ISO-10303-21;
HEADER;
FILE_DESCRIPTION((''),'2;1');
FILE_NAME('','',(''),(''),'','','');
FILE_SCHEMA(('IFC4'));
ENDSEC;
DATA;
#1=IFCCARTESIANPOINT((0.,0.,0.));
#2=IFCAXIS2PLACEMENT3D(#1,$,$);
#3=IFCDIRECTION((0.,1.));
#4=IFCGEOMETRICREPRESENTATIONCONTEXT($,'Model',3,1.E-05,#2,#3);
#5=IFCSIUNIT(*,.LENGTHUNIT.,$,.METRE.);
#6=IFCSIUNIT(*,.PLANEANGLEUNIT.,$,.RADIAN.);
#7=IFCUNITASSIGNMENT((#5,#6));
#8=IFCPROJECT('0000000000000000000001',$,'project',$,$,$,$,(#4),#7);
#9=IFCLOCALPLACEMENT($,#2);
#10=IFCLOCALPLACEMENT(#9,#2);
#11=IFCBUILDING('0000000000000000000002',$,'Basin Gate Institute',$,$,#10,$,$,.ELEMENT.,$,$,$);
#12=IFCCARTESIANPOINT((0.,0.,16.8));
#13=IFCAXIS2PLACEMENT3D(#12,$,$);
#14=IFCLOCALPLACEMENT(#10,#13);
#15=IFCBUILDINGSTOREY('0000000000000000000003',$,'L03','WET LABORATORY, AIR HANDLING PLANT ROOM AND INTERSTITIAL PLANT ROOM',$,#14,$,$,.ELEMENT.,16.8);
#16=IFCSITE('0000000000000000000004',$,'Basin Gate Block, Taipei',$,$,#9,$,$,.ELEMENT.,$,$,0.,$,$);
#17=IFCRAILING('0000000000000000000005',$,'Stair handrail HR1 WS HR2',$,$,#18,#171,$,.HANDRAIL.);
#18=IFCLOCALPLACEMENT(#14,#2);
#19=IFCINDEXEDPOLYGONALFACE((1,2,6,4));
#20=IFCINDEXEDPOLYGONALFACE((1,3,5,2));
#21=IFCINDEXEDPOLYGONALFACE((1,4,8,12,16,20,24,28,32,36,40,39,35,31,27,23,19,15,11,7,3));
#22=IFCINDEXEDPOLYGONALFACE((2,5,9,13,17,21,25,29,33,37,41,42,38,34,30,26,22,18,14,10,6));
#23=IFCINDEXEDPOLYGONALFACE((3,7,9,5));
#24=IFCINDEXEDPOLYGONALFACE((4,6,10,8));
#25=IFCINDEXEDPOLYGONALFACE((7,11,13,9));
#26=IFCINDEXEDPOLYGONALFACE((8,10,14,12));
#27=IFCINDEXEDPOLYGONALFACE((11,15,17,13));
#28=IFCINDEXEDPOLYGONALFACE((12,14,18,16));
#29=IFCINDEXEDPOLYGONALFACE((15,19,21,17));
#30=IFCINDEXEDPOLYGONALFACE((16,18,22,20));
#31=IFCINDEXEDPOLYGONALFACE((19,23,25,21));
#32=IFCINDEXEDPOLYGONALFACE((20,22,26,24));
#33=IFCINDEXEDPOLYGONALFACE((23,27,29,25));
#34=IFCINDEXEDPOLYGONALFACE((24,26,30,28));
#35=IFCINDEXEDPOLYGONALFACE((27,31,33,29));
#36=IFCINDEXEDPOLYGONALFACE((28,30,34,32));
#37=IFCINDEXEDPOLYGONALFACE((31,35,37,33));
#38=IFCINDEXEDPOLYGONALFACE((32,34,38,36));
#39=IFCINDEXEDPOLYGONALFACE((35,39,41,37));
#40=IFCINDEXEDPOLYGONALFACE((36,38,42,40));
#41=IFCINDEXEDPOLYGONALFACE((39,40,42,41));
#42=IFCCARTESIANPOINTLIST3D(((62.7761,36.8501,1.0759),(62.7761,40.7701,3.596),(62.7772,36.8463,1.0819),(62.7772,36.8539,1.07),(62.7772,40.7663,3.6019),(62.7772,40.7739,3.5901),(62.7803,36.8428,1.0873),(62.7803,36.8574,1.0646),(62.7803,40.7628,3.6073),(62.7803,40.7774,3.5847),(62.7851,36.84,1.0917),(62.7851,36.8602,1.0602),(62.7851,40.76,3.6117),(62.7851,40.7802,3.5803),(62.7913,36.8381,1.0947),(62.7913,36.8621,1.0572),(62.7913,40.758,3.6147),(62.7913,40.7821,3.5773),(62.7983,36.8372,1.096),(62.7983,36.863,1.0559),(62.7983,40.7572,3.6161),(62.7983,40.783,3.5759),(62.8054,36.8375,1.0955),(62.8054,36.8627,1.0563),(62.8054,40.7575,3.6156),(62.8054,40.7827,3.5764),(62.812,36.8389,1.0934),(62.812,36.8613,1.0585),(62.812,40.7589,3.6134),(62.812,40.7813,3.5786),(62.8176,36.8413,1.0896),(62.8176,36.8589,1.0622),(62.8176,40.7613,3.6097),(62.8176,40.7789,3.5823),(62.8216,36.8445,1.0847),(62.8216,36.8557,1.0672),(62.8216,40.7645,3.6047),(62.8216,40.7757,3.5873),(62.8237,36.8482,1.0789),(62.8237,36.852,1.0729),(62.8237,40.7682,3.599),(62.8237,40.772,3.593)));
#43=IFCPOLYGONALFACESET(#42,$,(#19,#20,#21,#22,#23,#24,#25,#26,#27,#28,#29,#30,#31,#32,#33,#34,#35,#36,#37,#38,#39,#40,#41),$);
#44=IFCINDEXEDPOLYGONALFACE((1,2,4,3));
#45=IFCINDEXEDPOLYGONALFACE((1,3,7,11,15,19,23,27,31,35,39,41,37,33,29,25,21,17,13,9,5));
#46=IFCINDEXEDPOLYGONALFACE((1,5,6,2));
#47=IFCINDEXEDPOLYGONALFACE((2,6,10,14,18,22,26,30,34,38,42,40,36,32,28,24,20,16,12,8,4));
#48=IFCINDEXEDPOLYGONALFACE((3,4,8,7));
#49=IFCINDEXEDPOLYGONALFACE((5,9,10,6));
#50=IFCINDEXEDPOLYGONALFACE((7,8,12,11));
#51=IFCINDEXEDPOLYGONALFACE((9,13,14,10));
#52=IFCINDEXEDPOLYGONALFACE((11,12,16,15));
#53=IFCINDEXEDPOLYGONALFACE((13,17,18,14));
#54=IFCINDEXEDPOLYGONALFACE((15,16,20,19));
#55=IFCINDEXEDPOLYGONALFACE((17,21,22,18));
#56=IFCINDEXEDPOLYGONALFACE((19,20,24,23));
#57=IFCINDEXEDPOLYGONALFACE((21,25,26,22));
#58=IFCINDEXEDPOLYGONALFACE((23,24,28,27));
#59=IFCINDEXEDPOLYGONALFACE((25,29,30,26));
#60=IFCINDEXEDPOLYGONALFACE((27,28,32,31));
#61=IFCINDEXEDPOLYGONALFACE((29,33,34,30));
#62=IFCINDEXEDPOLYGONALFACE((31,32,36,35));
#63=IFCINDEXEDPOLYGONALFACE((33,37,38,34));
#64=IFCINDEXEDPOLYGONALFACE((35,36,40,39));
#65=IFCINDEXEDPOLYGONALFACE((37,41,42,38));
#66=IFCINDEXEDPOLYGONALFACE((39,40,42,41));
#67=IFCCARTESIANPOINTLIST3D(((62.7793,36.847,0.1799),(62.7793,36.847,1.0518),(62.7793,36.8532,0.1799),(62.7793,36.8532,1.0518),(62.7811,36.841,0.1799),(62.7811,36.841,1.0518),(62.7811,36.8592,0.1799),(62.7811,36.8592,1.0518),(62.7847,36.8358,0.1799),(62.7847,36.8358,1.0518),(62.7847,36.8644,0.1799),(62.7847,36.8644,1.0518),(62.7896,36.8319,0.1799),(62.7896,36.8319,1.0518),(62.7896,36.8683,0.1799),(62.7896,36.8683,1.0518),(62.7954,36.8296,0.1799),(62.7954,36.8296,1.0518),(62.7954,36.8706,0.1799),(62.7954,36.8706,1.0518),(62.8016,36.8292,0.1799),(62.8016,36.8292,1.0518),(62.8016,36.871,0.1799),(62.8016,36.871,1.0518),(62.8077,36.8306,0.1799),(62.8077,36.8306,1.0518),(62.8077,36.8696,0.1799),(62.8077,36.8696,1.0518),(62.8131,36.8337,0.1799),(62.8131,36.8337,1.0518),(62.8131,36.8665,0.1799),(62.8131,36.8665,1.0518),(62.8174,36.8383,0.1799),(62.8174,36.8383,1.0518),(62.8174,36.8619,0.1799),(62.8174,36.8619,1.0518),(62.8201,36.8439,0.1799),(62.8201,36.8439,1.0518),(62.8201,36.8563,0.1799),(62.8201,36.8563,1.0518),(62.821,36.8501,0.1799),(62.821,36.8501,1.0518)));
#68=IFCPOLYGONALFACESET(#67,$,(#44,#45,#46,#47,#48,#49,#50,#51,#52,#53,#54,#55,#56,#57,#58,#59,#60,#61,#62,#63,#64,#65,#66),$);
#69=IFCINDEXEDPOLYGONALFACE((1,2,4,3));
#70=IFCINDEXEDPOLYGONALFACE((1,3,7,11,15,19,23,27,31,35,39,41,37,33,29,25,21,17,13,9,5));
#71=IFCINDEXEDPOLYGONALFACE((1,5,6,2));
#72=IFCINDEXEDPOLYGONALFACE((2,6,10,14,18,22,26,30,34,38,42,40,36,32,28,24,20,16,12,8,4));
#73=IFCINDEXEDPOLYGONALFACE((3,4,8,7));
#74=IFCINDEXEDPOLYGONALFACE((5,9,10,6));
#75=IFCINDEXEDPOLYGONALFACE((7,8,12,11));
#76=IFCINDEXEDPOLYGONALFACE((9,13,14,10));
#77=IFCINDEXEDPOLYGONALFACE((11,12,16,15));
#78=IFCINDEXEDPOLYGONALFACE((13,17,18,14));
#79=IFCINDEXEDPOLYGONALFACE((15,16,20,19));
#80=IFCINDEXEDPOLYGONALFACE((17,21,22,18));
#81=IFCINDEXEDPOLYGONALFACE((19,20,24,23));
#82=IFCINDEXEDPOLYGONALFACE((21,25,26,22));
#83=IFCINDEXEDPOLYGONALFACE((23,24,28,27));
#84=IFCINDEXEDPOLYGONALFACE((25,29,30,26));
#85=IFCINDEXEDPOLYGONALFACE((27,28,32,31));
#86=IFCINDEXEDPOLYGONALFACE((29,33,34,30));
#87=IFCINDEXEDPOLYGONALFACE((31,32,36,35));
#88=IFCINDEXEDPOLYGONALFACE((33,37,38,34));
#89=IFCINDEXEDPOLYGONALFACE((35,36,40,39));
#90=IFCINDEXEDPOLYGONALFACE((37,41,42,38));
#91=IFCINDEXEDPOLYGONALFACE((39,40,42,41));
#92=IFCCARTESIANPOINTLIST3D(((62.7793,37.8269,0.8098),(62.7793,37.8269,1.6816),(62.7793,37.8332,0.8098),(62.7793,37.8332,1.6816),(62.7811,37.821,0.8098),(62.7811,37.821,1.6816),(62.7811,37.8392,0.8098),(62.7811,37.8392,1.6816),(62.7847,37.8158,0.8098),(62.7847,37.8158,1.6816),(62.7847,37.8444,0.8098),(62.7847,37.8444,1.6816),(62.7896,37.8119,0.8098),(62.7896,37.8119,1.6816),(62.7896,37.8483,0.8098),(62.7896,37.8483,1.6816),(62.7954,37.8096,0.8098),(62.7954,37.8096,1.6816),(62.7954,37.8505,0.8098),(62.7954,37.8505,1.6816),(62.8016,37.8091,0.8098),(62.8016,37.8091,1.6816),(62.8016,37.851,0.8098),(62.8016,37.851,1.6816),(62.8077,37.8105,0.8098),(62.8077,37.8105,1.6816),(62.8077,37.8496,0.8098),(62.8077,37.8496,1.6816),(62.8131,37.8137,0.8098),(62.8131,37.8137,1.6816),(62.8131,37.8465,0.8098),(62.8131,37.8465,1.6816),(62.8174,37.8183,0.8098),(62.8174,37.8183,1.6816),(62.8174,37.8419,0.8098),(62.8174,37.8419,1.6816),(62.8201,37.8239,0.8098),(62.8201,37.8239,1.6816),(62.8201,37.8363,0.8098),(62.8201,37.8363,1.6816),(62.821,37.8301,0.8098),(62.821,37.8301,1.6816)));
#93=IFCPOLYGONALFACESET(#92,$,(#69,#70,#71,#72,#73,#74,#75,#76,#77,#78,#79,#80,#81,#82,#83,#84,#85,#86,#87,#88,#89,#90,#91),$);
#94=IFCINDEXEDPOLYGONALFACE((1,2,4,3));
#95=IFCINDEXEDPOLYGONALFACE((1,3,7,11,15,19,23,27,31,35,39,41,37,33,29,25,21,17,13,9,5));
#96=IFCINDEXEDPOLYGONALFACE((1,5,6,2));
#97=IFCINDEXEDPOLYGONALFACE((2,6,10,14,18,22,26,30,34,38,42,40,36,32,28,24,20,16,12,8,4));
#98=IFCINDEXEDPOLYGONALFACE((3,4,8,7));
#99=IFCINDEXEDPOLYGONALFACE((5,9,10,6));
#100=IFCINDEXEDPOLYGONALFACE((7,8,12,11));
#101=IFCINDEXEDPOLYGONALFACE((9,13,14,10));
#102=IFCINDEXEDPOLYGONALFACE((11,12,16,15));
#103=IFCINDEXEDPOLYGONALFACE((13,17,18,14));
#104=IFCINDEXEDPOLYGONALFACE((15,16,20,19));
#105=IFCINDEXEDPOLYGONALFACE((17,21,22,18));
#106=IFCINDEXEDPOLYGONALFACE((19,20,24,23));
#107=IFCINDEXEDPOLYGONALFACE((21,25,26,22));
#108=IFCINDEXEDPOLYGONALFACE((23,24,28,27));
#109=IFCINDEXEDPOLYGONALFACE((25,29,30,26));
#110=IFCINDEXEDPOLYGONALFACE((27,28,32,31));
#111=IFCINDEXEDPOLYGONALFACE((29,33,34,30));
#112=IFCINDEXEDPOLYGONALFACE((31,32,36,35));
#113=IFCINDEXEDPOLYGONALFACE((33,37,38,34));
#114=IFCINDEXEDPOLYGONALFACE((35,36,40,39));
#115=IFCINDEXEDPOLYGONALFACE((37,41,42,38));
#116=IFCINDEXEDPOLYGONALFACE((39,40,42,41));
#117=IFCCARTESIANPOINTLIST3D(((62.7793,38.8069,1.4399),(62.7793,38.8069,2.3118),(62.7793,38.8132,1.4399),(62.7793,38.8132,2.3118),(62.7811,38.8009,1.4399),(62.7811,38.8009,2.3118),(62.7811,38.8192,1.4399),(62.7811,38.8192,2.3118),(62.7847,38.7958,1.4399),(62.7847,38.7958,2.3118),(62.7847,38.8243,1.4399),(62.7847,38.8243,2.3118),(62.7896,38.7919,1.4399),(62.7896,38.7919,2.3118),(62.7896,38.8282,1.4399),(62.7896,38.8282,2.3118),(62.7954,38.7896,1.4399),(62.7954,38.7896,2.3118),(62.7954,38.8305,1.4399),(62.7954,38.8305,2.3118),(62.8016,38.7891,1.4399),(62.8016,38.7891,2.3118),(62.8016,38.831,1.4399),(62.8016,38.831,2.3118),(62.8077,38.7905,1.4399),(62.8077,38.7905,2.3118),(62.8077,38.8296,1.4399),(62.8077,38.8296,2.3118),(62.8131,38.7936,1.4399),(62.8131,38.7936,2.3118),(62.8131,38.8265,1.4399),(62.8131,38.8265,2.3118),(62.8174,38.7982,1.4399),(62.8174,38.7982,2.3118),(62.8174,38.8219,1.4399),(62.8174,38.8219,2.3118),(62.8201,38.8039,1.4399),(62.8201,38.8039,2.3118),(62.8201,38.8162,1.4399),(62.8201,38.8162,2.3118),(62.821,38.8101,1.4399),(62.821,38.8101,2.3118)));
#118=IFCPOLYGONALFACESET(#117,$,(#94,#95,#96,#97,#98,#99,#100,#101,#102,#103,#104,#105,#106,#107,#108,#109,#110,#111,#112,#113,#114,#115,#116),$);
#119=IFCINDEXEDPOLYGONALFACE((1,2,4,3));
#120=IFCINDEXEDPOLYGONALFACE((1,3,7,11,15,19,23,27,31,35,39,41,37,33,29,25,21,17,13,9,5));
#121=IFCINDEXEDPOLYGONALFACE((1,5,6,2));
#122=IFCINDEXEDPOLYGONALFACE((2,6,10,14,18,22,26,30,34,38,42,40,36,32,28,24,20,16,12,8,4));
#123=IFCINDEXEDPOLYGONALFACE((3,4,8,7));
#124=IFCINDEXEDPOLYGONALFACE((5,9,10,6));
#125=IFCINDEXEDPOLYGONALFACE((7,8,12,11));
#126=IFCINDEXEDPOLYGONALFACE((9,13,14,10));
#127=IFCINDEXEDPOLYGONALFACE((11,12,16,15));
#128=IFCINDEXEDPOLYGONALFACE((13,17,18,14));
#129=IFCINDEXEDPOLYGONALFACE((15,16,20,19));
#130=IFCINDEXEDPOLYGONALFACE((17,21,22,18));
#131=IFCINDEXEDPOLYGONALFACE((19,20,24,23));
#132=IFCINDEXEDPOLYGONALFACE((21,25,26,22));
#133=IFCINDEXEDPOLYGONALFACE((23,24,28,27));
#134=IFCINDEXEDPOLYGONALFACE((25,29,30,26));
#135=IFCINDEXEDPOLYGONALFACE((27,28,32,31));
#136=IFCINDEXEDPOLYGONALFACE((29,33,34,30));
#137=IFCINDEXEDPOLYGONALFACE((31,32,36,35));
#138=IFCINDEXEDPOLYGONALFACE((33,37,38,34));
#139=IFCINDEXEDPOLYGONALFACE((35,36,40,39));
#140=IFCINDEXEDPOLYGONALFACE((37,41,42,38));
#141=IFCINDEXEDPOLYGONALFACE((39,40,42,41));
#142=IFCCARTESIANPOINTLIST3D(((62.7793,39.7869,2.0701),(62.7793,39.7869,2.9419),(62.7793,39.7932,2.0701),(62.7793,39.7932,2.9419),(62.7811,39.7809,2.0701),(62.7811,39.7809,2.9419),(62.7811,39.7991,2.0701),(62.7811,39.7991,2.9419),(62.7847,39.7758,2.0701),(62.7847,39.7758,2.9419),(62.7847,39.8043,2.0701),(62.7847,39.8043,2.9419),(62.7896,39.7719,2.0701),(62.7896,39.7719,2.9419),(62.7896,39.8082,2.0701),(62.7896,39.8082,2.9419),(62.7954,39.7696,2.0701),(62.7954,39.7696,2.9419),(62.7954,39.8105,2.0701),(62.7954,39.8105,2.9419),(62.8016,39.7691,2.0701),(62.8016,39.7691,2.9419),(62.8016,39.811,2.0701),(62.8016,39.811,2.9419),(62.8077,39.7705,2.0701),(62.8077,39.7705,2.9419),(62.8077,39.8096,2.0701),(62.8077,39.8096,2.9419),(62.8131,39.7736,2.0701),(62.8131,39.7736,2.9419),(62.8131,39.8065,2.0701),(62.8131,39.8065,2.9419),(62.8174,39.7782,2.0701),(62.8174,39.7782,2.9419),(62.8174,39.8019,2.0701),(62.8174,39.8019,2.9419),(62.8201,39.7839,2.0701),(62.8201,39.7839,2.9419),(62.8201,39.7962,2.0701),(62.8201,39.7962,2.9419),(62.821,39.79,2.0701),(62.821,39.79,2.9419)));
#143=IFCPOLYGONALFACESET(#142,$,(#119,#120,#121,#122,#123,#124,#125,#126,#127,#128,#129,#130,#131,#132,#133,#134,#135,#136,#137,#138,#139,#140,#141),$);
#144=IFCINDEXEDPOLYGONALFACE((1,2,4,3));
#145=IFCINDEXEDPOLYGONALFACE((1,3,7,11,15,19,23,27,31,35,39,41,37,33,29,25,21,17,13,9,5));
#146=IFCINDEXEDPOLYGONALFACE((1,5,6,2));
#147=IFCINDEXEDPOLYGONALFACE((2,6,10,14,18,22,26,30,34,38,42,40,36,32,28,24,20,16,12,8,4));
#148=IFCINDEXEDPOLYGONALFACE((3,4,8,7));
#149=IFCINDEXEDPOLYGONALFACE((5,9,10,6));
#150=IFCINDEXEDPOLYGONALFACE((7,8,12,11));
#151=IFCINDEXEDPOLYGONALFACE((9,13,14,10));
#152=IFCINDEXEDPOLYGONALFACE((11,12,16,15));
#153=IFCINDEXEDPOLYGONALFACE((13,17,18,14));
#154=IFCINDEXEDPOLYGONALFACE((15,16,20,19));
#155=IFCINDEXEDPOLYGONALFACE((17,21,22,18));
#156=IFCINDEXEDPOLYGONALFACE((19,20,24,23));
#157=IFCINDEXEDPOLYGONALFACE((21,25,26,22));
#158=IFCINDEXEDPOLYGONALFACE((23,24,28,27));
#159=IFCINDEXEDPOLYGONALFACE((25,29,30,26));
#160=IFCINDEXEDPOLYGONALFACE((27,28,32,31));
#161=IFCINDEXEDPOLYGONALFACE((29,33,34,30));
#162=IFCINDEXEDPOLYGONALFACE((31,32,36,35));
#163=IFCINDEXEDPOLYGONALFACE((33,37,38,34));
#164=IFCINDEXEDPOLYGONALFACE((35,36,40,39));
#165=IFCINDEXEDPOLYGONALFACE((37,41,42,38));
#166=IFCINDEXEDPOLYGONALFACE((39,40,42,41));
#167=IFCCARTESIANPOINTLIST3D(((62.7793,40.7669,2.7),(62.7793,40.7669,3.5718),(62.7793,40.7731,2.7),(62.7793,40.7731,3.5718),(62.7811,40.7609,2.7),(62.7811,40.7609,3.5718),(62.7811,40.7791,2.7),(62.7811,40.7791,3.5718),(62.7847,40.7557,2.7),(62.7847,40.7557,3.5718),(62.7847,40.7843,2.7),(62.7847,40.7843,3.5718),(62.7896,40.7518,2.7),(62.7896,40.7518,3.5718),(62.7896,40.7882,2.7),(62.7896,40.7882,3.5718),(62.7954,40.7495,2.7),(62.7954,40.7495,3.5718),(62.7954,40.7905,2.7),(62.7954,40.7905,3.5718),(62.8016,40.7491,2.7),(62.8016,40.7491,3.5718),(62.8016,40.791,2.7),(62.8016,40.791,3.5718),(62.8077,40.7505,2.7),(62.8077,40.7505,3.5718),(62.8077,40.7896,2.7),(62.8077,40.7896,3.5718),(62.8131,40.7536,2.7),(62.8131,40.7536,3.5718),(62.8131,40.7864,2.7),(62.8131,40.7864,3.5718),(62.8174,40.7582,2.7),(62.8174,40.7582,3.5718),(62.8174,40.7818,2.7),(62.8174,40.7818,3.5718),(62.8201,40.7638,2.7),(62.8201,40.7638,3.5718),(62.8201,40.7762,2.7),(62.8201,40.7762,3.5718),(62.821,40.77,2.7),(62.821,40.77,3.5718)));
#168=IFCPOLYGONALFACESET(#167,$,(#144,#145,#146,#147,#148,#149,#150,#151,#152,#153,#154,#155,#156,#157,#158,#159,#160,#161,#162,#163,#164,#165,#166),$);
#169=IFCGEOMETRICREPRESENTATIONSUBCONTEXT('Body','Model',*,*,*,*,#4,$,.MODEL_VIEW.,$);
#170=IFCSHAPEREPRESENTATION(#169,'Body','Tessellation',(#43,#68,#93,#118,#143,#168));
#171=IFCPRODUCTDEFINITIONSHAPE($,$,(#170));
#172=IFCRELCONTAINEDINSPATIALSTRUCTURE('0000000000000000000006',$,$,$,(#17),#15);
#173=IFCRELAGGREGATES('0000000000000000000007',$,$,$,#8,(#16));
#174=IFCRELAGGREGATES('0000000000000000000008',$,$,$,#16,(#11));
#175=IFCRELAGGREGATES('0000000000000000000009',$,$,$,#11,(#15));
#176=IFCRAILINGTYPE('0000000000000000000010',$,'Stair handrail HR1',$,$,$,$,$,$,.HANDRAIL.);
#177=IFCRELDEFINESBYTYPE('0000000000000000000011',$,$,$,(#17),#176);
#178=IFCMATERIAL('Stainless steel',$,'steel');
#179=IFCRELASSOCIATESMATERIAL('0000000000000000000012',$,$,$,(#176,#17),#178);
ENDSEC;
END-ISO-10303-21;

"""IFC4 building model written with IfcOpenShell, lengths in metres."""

from ifc_helpers import new_model, si_unit, direction, frame, origin, origin_2d, place, context, subcontext, project, spatial, circle, extrude, material, type_object, element, save


model = new_model("IFC4")

# Units and contexts
model_context = context("Model", 3, precision=1e-05, world=origin(), true_north=direction((0.0, 1.0)))
body_context = subcontext(model_context, "Body", "Model", "MODEL_VIEW")
ifc_project = project(units=[si_unit("LENGTHUNIT", "METRE"), si_unit("PLANEANGLEUNIT", "RADIAN")], contexts=[model_context])

# Site, building, storey
site_placement = place(None, origin())
site = spatial("IfcSite", under=ifc_project, at=site_placement, Name="Basin Gate Block, Taipei", CompositionType="ELEMENT", RefElevation=0.0)
building_placement = place(site_placement, origin())
building = spatial("IfcBuilding", under=site, at=building_placement, Name="Basin Gate Institute", CompositionType="ELEMENT")
storey_placement = place(building_placement, frame((0.0, 0.0, 16.8)))
storey = spatial("IfcBuildingStorey", under=building, at=storey_placement, Name="L03", Description="WET LABORATORY, AIR HANDLING PLANT ROOM AND INTERSTITIAL PLANT ROOM", CompositionType="ELEMENT", Elevation=16.8)

# Railing
ifc_material_1 = material(Name="Stainless steel", Category="steel")
railing_type_1 = type_object("IfcRailingType", Name="Stair handrail HR1", PredefinedType="HANDRAIL", material=ifc_material_1)
for number, where, name in (
    (1, (62.8, 36.8501, 0.1799), "Stair handrail HR1 WS HR2"),
):
    element("IfcRailing", number, at=place(storey_placement, frame(where)), inside=storey, type_object=railing_type_1, material=ifc_material_1, Name=name, PredefinedType="HANDRAIL", context=body_context, shape_type="SweptSolid", body=[
        extrude(circle(Radius=0.0239, at=origin_2d()), frame((0.0, 0.0, 0.896), z_axis=(0.0, 0.841172, 0.540768), x_axis=(-1.0, 0.0, 0.0)), (0.0, 0.0, 1.0), 4.6602),
        extrude(circle(Radius=0.021, at=origin_2d()), origin(), (0.0, 0.0, 1.0), 0.8718),
        extrude(circle(Radius=0.021, at=origin_2d()), frame((0.0, 0.98, 0.6299)), (0.0, 0.0, 1.0), 0.8718),
        extrude(circle(Radius=0.021, at=origin_2d()), frame((0.0, 1.96, 1.26)), (0.0, 0.0, 1.0), 0.8718),
        extrude(circle(Radius=0.021, at=origin_2d()), frame((0.0, 2.9399, 1.8901)), (0.0, 0.0, 1.0), 0.8718),
        extrude(circle(Radius=0.021, at=origin_2d()), frame((0.0, 3.9199, 2.52)), (0.0, 0.0, 1.0), 0.8718),
    ])

save(model, "model.ifc")
